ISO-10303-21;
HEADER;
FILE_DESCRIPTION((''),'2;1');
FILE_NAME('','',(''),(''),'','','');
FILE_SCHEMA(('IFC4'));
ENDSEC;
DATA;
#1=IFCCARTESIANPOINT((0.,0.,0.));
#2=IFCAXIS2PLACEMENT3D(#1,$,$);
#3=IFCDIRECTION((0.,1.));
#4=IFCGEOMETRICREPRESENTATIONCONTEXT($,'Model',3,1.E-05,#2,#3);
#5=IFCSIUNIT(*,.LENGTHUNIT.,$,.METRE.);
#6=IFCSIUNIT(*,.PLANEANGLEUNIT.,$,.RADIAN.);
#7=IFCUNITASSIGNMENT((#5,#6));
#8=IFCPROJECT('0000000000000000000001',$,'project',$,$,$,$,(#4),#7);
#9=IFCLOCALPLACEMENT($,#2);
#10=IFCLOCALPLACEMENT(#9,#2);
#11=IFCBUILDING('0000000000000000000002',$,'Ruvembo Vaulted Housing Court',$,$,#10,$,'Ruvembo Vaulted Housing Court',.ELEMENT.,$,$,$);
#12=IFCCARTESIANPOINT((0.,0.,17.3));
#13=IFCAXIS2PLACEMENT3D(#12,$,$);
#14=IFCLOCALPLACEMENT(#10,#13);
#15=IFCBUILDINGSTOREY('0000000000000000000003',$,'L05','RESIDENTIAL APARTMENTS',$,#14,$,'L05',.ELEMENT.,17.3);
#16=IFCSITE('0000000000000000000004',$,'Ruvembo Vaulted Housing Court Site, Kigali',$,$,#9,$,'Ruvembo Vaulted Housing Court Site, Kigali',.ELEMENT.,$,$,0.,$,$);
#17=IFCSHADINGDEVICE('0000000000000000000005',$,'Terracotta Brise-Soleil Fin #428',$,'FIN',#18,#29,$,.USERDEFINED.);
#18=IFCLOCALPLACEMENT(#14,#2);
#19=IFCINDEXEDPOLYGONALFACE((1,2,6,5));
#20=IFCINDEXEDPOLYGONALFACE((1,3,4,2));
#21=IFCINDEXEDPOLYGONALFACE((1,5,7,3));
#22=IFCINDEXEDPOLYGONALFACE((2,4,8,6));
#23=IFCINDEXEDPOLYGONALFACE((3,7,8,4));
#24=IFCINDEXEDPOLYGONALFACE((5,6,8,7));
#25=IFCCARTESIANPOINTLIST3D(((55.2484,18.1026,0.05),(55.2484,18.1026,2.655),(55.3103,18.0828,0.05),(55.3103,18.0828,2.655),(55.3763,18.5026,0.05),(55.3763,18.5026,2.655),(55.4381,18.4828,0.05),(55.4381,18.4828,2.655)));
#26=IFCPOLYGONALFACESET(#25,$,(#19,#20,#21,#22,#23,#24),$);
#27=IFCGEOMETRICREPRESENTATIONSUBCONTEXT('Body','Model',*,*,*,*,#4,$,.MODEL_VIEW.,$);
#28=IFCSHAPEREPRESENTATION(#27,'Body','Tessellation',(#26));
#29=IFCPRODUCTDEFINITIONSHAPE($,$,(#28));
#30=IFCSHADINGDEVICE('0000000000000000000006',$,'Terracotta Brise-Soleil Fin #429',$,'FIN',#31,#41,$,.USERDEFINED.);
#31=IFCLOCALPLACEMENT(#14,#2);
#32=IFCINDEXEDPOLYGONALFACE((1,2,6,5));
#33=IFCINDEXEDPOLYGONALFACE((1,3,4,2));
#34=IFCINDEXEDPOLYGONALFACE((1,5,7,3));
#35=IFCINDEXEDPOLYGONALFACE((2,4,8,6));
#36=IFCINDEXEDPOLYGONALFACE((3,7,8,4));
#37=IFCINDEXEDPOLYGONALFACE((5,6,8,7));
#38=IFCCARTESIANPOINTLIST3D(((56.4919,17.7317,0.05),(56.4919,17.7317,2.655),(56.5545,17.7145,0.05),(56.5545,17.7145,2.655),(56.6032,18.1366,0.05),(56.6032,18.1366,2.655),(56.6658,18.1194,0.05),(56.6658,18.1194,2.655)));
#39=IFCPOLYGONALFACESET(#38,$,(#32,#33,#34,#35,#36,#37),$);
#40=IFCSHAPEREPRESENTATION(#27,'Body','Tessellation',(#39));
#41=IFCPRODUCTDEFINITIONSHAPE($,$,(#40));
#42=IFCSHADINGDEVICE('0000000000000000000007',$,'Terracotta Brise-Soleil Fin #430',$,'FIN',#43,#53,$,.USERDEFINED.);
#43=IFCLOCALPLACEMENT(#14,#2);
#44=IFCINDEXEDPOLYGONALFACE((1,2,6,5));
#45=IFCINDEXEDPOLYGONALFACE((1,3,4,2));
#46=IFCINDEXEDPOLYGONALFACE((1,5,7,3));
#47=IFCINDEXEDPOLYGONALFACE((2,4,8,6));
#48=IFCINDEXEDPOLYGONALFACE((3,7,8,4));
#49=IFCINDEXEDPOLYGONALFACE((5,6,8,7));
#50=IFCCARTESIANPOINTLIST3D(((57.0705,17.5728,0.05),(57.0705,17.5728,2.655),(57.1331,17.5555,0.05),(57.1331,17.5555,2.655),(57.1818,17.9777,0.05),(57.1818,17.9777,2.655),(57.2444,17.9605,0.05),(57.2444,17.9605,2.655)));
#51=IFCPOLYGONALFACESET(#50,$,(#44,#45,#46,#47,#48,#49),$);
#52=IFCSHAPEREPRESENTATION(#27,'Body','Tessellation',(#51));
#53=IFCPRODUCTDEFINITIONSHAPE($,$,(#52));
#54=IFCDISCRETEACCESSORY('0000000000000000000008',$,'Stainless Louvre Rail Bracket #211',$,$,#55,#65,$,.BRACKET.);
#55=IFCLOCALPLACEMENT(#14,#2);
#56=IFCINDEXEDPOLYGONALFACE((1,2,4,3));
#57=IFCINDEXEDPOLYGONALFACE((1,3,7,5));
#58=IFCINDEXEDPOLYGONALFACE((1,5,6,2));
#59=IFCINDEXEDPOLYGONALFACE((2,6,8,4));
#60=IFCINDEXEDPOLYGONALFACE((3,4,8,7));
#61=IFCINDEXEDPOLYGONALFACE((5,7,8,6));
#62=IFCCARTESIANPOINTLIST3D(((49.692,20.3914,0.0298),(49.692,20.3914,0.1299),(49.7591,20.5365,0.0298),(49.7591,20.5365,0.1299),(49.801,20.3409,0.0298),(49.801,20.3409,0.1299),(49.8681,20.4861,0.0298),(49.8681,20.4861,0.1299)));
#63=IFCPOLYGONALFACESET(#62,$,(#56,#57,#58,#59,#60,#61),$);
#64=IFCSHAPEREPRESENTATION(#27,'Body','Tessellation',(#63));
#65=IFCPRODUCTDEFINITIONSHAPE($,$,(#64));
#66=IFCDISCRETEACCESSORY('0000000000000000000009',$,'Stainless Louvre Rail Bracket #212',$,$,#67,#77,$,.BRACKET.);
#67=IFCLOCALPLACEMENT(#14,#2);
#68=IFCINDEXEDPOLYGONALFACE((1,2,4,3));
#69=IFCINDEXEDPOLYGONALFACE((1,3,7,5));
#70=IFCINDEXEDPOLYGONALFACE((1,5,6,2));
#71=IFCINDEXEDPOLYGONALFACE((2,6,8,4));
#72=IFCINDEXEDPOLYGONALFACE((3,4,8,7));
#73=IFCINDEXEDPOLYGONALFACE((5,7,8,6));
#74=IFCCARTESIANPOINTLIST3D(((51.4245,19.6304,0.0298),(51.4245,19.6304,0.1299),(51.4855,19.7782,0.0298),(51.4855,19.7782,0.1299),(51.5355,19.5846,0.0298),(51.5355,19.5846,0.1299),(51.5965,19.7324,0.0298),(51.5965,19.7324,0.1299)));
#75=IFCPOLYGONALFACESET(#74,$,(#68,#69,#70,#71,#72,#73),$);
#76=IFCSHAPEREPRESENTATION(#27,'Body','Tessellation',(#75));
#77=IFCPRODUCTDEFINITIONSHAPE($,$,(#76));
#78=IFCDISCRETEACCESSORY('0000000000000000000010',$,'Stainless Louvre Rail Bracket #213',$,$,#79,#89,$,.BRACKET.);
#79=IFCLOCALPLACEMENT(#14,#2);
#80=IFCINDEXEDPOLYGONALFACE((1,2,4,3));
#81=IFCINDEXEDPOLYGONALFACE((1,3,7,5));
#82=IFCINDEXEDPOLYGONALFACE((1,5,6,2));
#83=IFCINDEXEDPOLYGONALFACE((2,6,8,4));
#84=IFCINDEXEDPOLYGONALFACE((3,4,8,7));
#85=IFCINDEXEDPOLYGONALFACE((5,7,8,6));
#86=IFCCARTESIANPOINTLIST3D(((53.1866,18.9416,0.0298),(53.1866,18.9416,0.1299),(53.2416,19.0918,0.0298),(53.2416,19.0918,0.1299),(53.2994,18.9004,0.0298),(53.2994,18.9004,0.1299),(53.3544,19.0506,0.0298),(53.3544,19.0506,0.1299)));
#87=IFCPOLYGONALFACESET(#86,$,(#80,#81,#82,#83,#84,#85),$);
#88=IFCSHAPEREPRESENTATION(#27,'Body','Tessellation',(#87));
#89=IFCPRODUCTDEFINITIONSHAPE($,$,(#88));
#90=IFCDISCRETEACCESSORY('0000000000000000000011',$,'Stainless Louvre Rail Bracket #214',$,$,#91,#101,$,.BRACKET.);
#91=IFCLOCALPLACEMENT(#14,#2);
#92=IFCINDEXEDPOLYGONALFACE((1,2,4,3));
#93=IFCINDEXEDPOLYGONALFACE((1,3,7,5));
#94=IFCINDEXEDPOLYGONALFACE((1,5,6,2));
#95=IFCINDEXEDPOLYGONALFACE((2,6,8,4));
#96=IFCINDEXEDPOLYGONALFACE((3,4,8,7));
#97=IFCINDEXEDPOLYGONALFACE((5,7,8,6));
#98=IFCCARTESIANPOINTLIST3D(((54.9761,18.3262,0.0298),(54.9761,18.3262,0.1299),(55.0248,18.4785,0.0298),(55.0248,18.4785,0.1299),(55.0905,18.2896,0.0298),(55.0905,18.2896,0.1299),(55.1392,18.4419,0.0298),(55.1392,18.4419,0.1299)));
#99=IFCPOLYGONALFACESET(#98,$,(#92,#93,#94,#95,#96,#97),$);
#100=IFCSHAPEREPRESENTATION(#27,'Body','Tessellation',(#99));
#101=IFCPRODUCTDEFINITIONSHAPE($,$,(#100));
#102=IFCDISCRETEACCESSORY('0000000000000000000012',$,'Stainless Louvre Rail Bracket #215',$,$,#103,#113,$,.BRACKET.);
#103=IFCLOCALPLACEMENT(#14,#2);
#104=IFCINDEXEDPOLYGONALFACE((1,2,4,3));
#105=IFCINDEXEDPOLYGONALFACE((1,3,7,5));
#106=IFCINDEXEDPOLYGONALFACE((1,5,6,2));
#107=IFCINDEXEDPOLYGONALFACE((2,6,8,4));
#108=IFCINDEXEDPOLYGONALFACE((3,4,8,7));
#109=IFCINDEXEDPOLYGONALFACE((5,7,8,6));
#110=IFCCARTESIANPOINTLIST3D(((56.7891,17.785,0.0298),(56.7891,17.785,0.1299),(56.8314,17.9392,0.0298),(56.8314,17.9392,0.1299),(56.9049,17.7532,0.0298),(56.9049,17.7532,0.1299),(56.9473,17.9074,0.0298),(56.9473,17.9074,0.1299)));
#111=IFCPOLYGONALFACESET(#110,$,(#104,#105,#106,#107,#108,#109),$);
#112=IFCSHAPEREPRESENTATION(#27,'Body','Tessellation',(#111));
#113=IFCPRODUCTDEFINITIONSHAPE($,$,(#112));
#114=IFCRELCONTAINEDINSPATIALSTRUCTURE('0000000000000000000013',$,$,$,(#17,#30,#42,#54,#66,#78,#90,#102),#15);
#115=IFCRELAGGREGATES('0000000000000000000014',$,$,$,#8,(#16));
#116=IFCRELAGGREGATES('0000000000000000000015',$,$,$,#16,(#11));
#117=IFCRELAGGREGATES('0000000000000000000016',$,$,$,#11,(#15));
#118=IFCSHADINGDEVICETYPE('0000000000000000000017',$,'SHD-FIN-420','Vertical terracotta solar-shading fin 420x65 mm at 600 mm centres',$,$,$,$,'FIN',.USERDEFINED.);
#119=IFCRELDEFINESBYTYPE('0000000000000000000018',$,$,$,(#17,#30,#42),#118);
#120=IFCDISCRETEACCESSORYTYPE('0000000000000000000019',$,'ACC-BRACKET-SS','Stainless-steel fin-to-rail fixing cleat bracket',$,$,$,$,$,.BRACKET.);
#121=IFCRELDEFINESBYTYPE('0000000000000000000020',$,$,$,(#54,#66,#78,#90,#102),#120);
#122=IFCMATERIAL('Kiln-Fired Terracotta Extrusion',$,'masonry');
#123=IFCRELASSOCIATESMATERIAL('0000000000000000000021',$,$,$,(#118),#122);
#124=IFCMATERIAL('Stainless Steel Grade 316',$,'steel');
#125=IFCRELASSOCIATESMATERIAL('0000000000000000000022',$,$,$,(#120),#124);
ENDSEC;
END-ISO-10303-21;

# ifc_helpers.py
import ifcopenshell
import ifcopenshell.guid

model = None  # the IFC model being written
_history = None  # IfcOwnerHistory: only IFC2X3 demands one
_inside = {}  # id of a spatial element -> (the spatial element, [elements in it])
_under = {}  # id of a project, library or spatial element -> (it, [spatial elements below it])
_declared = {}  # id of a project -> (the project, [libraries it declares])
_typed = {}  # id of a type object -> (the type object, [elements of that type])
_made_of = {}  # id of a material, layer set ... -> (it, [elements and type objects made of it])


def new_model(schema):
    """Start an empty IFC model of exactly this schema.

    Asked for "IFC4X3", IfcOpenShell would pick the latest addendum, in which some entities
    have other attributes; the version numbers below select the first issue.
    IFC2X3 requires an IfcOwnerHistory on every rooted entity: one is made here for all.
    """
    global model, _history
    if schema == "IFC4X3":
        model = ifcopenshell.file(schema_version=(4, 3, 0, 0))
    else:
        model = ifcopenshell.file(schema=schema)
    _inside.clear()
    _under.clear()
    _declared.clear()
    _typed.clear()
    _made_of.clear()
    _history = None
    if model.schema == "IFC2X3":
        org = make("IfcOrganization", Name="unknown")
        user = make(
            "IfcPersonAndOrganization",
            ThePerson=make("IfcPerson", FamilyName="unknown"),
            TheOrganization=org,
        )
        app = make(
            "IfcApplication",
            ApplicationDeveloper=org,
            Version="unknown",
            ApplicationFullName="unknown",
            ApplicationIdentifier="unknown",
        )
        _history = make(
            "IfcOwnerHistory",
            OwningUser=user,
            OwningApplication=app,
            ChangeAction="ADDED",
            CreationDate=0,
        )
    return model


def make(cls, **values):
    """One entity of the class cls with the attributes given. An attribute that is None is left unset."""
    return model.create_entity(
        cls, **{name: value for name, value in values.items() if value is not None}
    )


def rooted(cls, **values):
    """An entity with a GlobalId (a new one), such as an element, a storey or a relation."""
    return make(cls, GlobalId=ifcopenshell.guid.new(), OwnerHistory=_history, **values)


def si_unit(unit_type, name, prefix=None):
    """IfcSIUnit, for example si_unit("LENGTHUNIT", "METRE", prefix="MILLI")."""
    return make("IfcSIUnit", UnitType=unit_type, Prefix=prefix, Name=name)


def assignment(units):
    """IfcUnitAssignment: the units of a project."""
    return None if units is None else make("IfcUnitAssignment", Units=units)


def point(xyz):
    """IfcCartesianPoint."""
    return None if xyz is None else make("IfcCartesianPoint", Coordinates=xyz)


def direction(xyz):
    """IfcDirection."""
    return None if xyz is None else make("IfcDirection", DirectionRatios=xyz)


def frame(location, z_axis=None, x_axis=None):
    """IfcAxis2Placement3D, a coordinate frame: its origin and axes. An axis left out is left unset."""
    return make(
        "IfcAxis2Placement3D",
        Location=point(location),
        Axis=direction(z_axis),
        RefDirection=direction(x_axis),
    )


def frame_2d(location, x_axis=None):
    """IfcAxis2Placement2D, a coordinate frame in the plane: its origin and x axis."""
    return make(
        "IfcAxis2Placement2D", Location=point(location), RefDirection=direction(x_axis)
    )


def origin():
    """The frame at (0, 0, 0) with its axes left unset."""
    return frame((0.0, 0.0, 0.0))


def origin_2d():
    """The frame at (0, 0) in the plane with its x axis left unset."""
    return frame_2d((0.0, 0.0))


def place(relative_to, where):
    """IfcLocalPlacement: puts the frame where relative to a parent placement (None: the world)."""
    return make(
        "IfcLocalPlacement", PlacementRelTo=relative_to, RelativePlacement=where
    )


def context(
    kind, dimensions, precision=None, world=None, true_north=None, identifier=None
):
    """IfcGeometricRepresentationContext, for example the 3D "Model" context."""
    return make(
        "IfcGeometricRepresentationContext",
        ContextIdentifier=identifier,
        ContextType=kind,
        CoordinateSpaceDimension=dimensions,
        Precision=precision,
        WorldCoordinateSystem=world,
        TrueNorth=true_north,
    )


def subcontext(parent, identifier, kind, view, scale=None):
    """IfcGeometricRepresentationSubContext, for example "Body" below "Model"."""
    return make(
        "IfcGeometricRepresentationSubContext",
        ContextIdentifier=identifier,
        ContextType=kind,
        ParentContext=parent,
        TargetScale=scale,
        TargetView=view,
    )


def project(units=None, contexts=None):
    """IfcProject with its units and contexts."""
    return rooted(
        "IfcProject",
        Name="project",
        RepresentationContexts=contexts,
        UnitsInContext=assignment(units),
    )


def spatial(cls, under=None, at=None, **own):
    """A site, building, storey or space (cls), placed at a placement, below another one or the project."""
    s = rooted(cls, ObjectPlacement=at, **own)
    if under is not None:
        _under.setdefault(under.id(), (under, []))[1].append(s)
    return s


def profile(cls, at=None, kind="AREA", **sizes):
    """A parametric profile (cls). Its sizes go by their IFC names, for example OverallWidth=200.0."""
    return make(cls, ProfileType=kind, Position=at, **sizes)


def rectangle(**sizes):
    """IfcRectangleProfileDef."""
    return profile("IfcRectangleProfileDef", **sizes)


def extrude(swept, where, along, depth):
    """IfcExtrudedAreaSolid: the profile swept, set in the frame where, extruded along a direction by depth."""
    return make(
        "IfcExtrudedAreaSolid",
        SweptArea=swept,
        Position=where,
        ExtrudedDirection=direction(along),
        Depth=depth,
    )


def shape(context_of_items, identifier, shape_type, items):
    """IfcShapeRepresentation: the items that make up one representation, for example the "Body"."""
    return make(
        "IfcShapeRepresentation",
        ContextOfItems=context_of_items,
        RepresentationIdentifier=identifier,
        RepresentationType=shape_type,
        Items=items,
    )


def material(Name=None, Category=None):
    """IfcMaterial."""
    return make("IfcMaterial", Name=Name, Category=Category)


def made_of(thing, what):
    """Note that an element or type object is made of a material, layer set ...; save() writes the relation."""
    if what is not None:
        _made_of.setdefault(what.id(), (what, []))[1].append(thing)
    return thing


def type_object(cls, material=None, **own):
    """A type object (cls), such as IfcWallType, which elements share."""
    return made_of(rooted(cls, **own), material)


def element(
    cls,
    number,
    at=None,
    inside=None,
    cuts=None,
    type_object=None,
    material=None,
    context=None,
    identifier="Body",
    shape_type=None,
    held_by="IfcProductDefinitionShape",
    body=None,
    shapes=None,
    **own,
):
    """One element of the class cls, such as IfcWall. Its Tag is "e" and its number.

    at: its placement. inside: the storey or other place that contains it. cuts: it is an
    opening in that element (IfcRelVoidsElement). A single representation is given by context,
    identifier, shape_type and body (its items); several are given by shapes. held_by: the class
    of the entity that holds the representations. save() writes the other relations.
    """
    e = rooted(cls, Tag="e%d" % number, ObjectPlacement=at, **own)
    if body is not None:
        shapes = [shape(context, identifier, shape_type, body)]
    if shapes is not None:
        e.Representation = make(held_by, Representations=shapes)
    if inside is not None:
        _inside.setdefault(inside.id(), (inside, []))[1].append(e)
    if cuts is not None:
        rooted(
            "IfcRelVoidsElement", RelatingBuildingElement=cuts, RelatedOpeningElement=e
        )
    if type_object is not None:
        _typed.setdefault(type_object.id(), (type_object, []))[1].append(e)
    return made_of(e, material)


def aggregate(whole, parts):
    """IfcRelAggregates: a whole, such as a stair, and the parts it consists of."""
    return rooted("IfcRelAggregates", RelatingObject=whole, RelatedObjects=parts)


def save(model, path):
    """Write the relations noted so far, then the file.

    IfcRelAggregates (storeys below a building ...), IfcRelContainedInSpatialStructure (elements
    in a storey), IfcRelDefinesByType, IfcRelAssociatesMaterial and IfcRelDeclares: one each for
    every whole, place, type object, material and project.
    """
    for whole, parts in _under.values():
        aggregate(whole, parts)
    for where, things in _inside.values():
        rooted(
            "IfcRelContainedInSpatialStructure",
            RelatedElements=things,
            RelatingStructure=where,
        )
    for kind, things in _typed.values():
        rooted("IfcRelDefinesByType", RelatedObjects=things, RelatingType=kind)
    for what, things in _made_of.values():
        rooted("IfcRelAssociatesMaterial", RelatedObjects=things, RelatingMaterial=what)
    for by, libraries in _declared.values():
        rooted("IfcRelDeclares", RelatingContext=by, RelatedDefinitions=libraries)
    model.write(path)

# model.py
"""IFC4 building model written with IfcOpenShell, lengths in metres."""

from ifc_helpers import new_model, si_unit, direction, frame, origin, origin_2d, place, context, subcontext, project, spatial, rectangle, extrude, material, type_object, element, save


model = new_model("IFC4")

# Units and contexts
model_context = context("Model", 3, precision=1e-05, world=origin(), true_north=direction((0.0, 1.0)))
body_context = subcontext(model_context, "Body", "Model", "MODEL_VIEW")
ifc_project = project(units=[si_unit("LENGTHUNIT", "METRE"), si_unit("PLANEANGLEUNIT", "RADIAN")], contexts=[model_context])

# Site, building, storey
site_placement = place(None, origin())
site = spatial("IfcSite", under=ifc_project, at=site_placement, Name="Ruvembo Vaulted Housing Court Site, Kigali", LongName="Ruvembo Vaulted Housing Court Site, Kigali", CompositionType="ELEMENT", RefElevation=0.0)
building_placement = place(site_placement, origin())
building = spatial("IfcBuilding", under=site, at=building_placement, Name="Ruvembo Vaulted Housing Court", LongName="Ruvembo Vaulted Housing Court", CompositionType="ELEMENT")
storey_placement = place(building_placement, frame((0.0, 0.0, 17.3)))
storey = spatial("IfcBuildingStorey", under=building, at=storey_placement, Name="L05", Description="RESIDENTIAL APARTMENTS", LongName="L05", CompositionType="ELEMENT", Elevation=17.3)

# Shading devices
ifc_material_1 = material(Name="Kiln-Fired Terracotta Extrusion", Category="masonry")
shading_device_type = type_object("IfcShadingDeviceType", Name="SHD-FIN-420", Description="Vertical terracotta solar-shading fin 420x65 mm at 600 mm centres", ElementType="FIN", PredefinedType="USERDEFINED", material=ifc_material_1)
for number, where, z_axis, x_axis, name in (
    (1, (55.3433, 18.2927, 0.05), (0.0, 0.0, 1.0), (-0.304449, -0.952529, 0.0), "Terracotta Brise-Soleil Fin #428"),
    (2, (56.5789, 17.9255, 0.05), (0.0, 0.0, 1.0), (-0.264984, -0.964253, 0.0), "Terracotta Brise-Soleil Fin #429"),
    (3, (57.1575, 17.7666, 0.05), (0.0, 0.0, 1.0), (-0.264984, -0.964253, 0.0), "Terracotta Brise-Soleil Fin #430"),
):
    element("IfcShadingDevice", number, at=place(storey_placement, frame(where, z_axis=z_axis, x_axis=x_axis)), inside=storey, type_object=shading_device_type, Name=name, ObjectType="FIN", PredefinedType="USERDEFINED", context=body_context, shape_type="SweptSolid", body=[
        extrude(rectangle(XDim=0.4199, YDim=0.0649, at=origin_2d()), origin(), (0.0, 0.0, 1.0), 2.605),
    ])

# Discrete accessories
ifc_material_2 = material(Name="Stainless Steel Grade 316", Category="steel")
discrete_accessory_type = type_object("IfcDiscreteAccessoryType", Name="ACC-BRACKET-SS", Description="Stainless-steel fin-to-rail fixing cleat bracket", PredefinedType="BRACKET", material=ifc_material_2)
for number, where, z_axis, x_axis, name in (
    (4, (49.78, 20.4387, 0.0298), (0.0, 0.0, 1.0), (-0.419737, -0.907646, 0.0), "Stainless Louvre Rail Bracket #211"),
    (5, (51.5105, 19.6814, 0.0298), (0.0, 0.0, 1.0), (-0.381958, -0.92418, 0.0), "Stainless Louvre Rail Bracket #212"),
    (6, (53.2705, 18.9961, 0.0298), (0.0, 0.0, 1.0), (-0.343512, -0.939148, 0.0), "Stainless Louvre Rail Bracket #213"),
    (7, (55.0576, 18.384, 0.0298), (0.0, 0.0, 1.0), (-0.304449, -0.952529, 0.0), "Stainless Louvre Rail Bracket #214"),
    (8, (56.8682, 17.8462, 0.0298), (0.0, 0.0, 1.0), (-0.264984, -0.964253, 0.0), "Stainless Louvre Rail Bracket #215"),
):
    element("IfcDiscreteAccessory", number, at=place(storey_placement, frame(where, z_axis=z_axis, x_axis=x_axis)), inside=storey, type_object=discrete_accessory_type, Name=name, PredefinedType="BRACKET", context=body_context, shape_type="SweptSolid", body=[
        extrude(rectangle(XDim=0.1599, YDim=0.1201, at=origin_2d()), origin(), (0.0, 0.0, 1.0), 0.1001),
    ])

save(model, "model.ifc")
